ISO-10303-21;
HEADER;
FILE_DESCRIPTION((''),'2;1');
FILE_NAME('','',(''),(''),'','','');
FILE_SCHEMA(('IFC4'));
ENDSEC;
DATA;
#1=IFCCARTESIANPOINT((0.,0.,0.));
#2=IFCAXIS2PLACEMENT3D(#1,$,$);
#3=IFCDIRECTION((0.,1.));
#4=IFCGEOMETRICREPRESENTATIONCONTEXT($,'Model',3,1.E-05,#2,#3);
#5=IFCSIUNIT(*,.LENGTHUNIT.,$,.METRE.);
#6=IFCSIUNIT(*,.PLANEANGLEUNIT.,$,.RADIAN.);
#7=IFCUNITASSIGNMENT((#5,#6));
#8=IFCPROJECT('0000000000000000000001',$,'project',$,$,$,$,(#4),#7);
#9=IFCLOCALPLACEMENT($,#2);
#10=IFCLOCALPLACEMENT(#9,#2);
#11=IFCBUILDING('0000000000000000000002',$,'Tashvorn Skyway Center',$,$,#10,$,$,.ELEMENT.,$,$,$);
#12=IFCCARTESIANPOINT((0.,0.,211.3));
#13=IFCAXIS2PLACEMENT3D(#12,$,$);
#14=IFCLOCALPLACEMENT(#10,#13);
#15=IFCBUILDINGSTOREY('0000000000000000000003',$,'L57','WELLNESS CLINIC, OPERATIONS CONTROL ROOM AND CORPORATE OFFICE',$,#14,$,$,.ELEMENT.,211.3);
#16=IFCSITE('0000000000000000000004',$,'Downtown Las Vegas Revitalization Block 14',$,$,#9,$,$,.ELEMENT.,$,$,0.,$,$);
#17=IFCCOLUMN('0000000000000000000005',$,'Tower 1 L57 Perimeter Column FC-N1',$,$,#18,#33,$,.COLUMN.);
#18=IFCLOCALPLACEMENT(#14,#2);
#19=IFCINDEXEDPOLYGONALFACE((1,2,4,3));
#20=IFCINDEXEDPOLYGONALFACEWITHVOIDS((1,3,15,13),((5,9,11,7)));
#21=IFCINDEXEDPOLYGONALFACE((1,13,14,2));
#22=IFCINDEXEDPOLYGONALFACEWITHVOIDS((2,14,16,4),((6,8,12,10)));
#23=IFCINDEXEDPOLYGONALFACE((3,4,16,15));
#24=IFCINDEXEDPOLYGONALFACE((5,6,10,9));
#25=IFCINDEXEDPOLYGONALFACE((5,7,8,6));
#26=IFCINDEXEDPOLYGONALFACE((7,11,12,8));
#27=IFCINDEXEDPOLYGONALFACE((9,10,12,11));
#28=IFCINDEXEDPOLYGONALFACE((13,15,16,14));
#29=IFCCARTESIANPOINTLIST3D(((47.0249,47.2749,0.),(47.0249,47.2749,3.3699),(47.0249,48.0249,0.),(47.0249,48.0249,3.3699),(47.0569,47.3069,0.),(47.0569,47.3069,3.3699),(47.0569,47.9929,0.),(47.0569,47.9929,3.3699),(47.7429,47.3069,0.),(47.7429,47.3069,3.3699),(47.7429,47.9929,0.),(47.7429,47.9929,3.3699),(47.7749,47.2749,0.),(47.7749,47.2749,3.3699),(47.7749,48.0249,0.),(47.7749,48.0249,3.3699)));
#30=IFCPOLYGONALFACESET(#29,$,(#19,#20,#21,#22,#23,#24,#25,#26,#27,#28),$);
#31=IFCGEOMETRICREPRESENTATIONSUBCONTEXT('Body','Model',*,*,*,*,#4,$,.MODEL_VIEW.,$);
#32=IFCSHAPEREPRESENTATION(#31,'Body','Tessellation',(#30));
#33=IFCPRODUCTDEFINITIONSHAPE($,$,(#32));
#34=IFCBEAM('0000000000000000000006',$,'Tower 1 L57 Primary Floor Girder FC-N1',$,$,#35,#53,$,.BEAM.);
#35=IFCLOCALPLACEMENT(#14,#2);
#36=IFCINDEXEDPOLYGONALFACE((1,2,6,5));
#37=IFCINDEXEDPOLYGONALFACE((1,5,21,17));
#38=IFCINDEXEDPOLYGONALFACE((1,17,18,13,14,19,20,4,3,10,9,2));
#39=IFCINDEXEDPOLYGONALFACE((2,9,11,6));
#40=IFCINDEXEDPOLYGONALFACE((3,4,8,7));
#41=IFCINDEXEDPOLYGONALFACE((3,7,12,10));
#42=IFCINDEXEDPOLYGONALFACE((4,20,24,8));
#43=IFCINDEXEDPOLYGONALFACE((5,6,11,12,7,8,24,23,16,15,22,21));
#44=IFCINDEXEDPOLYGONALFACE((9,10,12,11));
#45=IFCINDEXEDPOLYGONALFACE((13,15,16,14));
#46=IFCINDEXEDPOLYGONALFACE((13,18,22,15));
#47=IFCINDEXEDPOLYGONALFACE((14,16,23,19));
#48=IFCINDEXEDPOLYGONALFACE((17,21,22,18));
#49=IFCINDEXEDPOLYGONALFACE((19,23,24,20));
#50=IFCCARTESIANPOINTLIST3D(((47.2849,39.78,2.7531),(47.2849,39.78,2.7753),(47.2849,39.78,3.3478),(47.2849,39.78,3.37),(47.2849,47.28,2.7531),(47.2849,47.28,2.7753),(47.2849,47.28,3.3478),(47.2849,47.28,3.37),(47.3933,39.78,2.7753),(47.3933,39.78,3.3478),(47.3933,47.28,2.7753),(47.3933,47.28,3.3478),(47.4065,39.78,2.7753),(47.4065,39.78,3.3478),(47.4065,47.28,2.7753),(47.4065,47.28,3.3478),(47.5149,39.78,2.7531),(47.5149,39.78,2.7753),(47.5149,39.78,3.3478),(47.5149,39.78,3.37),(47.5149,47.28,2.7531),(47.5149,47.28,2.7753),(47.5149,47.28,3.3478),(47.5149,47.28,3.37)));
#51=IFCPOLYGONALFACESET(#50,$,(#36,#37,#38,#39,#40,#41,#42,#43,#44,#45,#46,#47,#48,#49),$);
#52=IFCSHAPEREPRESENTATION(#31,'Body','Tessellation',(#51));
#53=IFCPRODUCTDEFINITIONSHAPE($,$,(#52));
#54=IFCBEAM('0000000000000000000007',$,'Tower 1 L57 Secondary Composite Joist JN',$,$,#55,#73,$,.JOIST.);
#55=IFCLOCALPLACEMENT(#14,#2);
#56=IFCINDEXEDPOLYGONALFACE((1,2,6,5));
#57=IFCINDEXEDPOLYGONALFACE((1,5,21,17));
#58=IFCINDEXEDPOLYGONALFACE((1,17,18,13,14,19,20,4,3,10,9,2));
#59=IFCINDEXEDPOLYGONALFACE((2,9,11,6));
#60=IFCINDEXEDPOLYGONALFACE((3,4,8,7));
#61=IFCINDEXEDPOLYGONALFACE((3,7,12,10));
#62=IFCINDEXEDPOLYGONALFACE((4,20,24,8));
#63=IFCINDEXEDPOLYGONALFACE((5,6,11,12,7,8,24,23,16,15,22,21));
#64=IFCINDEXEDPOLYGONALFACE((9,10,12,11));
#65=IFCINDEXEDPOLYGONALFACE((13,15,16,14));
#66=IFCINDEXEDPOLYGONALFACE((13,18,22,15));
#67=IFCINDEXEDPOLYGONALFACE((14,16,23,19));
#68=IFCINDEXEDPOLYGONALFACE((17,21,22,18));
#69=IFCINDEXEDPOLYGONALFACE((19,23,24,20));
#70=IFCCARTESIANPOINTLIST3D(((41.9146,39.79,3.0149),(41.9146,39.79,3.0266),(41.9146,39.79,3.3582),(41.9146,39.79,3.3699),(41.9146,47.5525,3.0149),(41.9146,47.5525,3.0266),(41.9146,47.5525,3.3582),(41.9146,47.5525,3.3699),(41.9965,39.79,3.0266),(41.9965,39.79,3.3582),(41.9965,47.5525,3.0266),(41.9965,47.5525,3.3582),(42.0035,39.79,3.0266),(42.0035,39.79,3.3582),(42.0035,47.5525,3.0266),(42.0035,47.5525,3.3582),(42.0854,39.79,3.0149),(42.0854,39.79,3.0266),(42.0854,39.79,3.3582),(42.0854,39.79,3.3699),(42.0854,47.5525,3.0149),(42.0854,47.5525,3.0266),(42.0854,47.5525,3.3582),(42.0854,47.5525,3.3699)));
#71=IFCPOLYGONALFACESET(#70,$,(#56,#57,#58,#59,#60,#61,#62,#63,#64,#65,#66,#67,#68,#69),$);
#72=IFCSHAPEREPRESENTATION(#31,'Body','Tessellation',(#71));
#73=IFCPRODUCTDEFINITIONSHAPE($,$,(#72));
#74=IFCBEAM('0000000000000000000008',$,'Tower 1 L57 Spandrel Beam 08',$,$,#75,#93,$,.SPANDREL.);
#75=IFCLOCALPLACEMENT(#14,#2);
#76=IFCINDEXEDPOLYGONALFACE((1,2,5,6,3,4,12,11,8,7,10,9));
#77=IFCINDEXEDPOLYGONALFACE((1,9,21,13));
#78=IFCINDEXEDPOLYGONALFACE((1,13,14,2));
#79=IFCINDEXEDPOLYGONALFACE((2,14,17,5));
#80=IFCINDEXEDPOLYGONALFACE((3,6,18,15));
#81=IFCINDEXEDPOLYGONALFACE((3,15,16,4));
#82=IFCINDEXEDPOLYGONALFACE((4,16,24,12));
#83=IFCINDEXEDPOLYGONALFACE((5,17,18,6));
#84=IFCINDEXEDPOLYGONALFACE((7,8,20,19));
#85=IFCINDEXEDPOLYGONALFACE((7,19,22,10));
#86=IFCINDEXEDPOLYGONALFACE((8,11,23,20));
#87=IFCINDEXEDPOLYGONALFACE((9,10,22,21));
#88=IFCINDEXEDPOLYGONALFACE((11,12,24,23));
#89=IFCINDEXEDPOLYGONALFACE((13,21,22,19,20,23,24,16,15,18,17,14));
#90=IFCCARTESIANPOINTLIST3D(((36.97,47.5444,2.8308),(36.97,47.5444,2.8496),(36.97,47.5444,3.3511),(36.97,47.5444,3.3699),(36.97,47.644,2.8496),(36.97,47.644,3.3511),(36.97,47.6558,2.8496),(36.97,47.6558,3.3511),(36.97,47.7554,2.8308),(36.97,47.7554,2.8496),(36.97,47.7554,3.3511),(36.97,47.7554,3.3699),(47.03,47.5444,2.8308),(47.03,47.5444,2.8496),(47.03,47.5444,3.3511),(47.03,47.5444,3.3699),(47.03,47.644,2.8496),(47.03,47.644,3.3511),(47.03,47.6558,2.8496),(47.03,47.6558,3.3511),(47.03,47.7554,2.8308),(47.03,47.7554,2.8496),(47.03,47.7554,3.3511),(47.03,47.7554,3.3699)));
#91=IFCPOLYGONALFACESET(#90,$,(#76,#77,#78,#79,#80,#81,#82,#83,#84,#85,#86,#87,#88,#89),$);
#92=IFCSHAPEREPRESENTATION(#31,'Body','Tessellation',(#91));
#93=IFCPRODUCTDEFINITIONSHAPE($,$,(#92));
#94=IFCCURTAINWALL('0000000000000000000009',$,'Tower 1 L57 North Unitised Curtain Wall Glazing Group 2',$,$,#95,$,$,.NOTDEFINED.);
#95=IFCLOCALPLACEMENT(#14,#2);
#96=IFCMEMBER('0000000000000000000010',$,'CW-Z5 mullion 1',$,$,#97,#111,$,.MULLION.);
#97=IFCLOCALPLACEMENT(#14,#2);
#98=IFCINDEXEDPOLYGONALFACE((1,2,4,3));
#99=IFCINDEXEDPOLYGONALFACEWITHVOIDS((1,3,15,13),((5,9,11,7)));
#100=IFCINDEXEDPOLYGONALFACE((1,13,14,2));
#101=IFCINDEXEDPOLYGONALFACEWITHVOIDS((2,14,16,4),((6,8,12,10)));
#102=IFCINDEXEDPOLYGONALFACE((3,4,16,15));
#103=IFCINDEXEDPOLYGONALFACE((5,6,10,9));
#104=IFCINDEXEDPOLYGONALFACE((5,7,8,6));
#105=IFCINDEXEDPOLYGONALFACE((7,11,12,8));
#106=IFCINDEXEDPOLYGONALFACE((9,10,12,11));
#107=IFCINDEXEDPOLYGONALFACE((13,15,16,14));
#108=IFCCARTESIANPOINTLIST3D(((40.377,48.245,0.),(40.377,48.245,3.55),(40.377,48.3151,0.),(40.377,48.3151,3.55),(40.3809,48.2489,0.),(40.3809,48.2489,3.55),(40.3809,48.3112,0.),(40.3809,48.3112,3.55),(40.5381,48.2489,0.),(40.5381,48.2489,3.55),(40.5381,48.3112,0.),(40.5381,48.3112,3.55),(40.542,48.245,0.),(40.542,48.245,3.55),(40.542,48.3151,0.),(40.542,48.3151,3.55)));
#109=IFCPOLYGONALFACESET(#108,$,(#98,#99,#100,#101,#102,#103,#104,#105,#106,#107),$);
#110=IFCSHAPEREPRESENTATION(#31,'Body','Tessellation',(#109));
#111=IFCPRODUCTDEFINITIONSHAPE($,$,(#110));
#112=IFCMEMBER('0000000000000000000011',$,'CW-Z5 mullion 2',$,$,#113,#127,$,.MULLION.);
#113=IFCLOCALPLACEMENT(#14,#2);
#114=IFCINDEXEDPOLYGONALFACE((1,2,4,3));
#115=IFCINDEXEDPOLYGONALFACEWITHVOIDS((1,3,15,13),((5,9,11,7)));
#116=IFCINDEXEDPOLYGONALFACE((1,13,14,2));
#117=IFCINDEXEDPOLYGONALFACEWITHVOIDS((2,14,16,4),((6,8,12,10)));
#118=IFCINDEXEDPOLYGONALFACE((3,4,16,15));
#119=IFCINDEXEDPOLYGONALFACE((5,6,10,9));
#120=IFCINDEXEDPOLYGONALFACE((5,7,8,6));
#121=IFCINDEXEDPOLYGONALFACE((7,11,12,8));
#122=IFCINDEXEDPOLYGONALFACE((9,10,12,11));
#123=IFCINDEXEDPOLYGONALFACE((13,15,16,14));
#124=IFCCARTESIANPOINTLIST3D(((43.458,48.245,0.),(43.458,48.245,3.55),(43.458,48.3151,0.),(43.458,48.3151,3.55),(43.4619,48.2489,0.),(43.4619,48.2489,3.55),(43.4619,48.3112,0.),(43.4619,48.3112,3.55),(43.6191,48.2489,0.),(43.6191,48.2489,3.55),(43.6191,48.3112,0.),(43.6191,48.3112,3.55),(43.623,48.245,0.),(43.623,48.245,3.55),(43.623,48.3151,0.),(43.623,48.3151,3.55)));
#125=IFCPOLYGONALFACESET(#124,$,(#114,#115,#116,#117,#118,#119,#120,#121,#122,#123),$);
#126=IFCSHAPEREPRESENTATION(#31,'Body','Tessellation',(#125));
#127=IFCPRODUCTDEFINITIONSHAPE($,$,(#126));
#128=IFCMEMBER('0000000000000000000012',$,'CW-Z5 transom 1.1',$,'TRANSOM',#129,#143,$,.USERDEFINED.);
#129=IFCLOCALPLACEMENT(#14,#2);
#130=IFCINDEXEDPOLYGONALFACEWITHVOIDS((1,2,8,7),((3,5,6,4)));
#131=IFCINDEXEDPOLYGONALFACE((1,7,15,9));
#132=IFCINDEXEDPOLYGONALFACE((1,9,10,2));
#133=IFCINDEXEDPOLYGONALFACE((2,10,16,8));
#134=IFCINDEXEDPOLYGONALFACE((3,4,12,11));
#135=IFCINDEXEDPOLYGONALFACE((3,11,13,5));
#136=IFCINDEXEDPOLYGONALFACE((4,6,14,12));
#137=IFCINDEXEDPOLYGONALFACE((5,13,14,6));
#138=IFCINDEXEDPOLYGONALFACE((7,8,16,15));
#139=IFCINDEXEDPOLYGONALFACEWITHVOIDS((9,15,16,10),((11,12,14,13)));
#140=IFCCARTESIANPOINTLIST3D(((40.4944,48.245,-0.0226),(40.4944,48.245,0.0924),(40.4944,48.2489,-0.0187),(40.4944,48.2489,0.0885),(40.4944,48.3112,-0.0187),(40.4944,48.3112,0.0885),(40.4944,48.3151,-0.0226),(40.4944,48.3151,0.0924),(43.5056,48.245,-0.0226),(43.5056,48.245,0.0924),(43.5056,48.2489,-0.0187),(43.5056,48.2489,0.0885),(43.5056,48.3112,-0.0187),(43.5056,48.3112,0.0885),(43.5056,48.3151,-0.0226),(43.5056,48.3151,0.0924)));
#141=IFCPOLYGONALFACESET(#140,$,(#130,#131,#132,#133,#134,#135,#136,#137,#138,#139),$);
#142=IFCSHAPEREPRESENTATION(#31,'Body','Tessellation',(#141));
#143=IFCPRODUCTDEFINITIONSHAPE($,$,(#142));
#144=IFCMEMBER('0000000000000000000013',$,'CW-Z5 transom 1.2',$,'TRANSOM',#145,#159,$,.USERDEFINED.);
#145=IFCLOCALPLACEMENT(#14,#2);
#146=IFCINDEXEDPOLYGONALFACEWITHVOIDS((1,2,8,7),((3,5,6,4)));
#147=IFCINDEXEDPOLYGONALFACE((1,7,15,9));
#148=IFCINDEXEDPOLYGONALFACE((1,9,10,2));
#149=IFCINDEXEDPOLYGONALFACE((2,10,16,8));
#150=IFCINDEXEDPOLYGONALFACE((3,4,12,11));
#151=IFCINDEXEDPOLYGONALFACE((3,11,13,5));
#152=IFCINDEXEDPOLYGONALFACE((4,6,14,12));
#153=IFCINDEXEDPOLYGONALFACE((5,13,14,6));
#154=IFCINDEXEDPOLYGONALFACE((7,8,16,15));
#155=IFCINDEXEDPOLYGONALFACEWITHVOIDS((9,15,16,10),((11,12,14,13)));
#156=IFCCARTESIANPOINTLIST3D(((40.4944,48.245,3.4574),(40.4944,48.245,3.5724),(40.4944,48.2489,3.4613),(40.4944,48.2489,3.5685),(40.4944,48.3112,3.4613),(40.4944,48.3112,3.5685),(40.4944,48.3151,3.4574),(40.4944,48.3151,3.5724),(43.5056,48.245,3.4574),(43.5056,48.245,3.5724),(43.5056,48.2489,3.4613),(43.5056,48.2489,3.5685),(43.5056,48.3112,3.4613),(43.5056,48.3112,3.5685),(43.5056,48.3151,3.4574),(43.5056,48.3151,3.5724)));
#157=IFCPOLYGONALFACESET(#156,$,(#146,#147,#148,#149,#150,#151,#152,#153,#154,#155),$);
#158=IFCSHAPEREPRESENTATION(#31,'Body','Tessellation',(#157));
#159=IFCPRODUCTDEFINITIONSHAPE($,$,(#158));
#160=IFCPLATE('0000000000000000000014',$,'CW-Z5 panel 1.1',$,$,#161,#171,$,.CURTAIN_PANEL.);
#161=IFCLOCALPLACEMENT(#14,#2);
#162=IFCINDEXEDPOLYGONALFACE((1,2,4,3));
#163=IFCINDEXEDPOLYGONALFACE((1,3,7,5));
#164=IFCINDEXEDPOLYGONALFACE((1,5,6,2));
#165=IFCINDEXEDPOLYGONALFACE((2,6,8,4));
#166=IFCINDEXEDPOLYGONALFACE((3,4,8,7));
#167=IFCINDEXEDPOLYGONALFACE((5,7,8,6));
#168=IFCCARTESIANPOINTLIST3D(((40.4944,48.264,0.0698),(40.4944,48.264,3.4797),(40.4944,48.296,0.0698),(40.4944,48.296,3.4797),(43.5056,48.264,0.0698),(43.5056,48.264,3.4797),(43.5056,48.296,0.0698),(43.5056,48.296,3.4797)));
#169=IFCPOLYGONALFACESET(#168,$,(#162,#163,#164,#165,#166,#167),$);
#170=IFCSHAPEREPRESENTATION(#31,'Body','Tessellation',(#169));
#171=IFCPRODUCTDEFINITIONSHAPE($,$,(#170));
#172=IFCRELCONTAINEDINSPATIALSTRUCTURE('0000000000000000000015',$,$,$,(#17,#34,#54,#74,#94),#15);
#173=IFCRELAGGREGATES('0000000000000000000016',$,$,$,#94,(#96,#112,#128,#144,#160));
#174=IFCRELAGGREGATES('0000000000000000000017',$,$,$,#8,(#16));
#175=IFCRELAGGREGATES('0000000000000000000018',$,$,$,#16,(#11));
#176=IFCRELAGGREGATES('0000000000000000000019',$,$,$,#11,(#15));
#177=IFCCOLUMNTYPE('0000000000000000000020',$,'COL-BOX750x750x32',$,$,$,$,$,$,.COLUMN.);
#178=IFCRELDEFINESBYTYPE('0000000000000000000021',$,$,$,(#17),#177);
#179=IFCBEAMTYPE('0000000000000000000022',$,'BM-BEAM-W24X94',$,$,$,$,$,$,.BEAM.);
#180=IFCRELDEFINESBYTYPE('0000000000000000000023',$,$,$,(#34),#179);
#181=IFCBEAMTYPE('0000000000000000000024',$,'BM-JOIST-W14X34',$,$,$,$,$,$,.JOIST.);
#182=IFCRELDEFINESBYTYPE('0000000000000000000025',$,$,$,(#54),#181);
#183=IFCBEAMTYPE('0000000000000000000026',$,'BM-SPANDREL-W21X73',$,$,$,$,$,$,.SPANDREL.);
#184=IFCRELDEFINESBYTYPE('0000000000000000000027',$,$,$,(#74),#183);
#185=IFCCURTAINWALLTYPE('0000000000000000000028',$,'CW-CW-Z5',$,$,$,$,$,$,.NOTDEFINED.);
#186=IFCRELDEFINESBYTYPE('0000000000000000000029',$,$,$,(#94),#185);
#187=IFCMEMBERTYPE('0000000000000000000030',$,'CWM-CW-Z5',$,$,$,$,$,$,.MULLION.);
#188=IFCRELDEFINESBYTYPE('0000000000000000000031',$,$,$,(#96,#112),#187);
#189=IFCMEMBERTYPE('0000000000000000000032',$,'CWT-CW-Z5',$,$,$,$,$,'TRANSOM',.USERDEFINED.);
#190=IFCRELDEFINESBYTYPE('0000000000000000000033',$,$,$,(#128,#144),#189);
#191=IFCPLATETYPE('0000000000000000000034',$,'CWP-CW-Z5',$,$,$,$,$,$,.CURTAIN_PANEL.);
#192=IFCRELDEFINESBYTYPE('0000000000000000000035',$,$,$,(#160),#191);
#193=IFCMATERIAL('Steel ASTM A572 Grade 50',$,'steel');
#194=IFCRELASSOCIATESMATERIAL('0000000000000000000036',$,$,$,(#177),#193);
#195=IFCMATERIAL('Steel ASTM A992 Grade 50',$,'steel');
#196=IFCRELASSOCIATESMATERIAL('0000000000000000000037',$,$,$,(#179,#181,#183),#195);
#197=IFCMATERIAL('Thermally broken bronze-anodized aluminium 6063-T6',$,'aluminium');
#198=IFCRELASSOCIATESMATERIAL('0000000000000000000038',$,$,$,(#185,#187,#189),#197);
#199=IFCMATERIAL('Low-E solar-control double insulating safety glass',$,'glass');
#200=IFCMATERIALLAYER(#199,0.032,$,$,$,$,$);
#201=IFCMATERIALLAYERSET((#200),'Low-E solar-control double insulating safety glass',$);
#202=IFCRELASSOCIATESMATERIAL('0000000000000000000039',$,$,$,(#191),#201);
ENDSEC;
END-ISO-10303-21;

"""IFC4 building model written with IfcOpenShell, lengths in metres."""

from ifc_helpers import new_model, si_unit, direction, frame, origin, origin_2d, place, context, subcontext, project, spatial, rectangle, hollow_rectangle, i_section, extrude, material, layer, layer_set, material_profile, profile_set, type_object, element, aggregate, save


model = new_model("IFC4")

# Units and contexts
model_context = context("Model", 3, precision=1e-05, world=origin(), true_north=direction((0.0, 1.0)))
body_context = subcontext(model_context, "Body", "Model", "MODEL_VIEW")
ifc_project = project(units=[si_unit("LENGTHUNIT", "METRE"), si_unit("PLANEANGLEUNIT", "RADIAN")], contexts=[model_context])

# Site, building, storey
site_placement = place(None, origin())
site = spatial("IfcSite", under=ifc_project, at=site_placement, Name="Downtown Las Vegas Revitalization Block 14", CompositionType="ELEMENT", RefElevation=0.0)
building_placement = place(site_placement, origin())
building = spatial("IfcBuilding", under=site, at=building_placement, Name="Tashvorn Skyway Center", CompositionType="ELEMENT")
storey_placement = place(building_placement, frame((0.0, 0.0, 211.3)))
storey = spatial("IfcBuildingStorey", under=building, at=storey_placement, Name="L57", Description="WELLNESS CLINIC, OPERATIONS CONTROL ROOM AND CORPORATE OFFICE", CompositionType="ELEMENT", Elevation=211.3)

# Column
ifc_material_1 = material(Name="Steel ASTM A572 Grade 50", Category="steel")
ifc_material_profile_1 = material_profile(ifc_material_1, hollow_rectangle(XDim=0.75, YDim=0.75, WallThickness=0.032, at=origin_2d()), Name="BOX750x750x32")
ifc_profile_set_1 = profile_set([ifc_material_profile_1], Name="Steel ASTM A572 Grade 50")
column_type = type_object("IfcColumnType", Name="COL-BOX750x750x32", PredefinedType="COLUMN", material=ifc_profile_set_1)
column_placement = place(storey_placement, frame((47.3999, 47.6499, 0.0), z_axis=(0.0, 0.0, 1.0), x_axis=(1.0, 0.0, 0.0)))
element("IfcColumn", 1, at=column_placement, inside=storey, type_object=column_type, Name="Tower 1 L57 Perimeter Column FC-N1", PredefinedType="COLUMN", context=body_context, shape_type="SweptSolid", body=[
    extrude(hollow_rectangle(XDim=0.75, YDim=0.75, WallThickness=0.032, at=origin_2d()), origin(), (0.0, 0.0, 1.0), 3.3699),
])

# Beams
ifc_material_2 = material(Name="Steel ASTM A992 Grade 50", Category="steel")
ifc_material_profile_2 = material_profile(ifc_material_2, i_section(OverallWidth=0.23, OverallDepth=0.6169, WebThickness=0.0132, FlangeThickness=0.0222, at=origin_2d()), Name="W24X94")
ifc_profile_set_2 = profile_set([ifc_material_profile_2], Name="Steel ASTM A992 Grade 50")
beam_type_1 = type_object("IfcBeamType", Name="BM-BEAM-W24X94", PredefinedType="BEAM", material=ifc_profile_set_2)
beam_1_placement = place(storey_placement, frame((47.3999, 47.28, 3.0615), z_axis=(0.0, -1.0, 0.0), x_axis=(1.0, 0.0, 0.0)))
element("IfcBeam", 2, at=beam_1_placement, inside=storey, type_object=beam_type_1, Name="Tower 1 L57 Primary Floor Girder FC-N1", PredefinedType="BEAM", context=body_context, shape_type="SweptSolid", body=[
    extrude(i_section(OverallWidth=0.23, OverallDepth=0.6169, WebThickness=0.0132, FlangeThickness=0.0222, at=origin_2d()), origin(), (0.0, 0.0, 1.0), 7.5),
])
ifc_material_profile_3 = material_profile(ifc_material_2, i_section(OverallWidth=0.1709, OverallDepth=0.355, WebThickness=0.0071, FlangeThickness=0.0117, at=origin_2d()), Name="W14X34")
ifc_profile_set_3 = profile_set([ifc_material_profile_3], Name="Steel ASTM A992 Grade 50")
beam_type_2 = type_object("IfcBeamType", Name="BM-JOIST-W14X34", PredefinedType="JOIST", material=ifc_profile_set_3)
beam_2_placement = place(storey_placement, frame((42.0, 39.79, 3.1924), z_axis=(0.0, 1.0, 0.0), x_axis=(-1.0, 0.0, 0.0)))
element("IfcBeam", 3, at=beam_2_placement, inside=storey, type_object=beam_type_2, Name="Tower 1 L57 Secondary Composite Joist JN", PredefinedType="JOIST", context=body_context, shape_type="SweptSolid", body=[
    extrude(i_section(OverallWidth=0.1709, OverallDepth=0.355, WebThickness=0.0071, FlangeThickness=0.0117, at=origin_2d()), origin(), (0.0, 0.0, 1.0), 7.7625),
])
ifc_material_profile_4 = material_profile(ifc_material_2, i_section(OverallWidth=0.2109, OverallDepth=0.5391, WebThickness=0.0117, FlangeThickness=0.0188, at=origin_2d()), Name="W21X73")
ifc_profile_set_4 = profile_set([ifc_material_profile_4], Name="Steel ASTM A992 Grade 50")
beam_type_3 = type_object("IfcBeamType", Name="BM-SPANDREL-W21X73", PredefinedType="SPANDREL", material=ifc_profile_set_4)
beam_3_placement = place(storey_placement, frame((47.03, 47.6499, 3.1003), z_axis=(-1.0, 0.0, 0.0), x_axis=(0.0, -1.0, 0.0)))
element("IfcBeam", 4, at=beam_3_placement, inside=storey, type_object=beam_type_3, Name="Tower 1 L57 Spandrel Beam 08", PredefinedType="SPANDREL", context=body_context, shape_type="SweptSolid", body=[
    extrude(i_section(OverallWidth=0.2109, OverallDepth=0.5391, WebThickness=0.0117, FlangeThickness=0.0188, at=origin_2d()), origin(), (0.0, 0.0, 1.0), 10.0601),
])

# Curtain wall, members, plate
ifc_material_3 = material(Name="Thermally broken bronze-anodized aluminium 6063-T6", Category="aluminium")
curtain_wall_type = type_object("IfcCurtainWallType", Name="CW-CW-Z5", PredefinedType="NOTDEFINED", material=ifc_material_3)
curtain_wall_placement = place(storey_placement, origin())
curtain_wall = element("IfcCurtainWall", 5, at=curtain_wall_placement, inside=storey, type_object=curtain_wall_type, Name="Tower 1 L57 North Unitised Curtain Wall Glazing Group 2", PredefinedType="NOTDEFINED")
ifc_material_profile_5 = material_profile(ifc_material_3, hollow_rectangle(XDim=0.0701, YDim=0.165, WallThickness=0.0039, at=origin_2d()), Name="ALU-MULL-70x165")
ifc_profile_set_5 = profile_set([ifc_material_profile_5], Name="Thermally broken bronze-anodized aluminium 6063-T6")
member_type_1 = type_object("IfcMemberType", Name="CWM-CW-Z5", PredefinedType="MULLION", material=ifc_profile_set_5)
member_1_placement = place(storey_placement, frame((40.4595, 48.28, 0.0), z_axis=(0.0, 0.0, 1.0), x_axis=(0.0, 1.0, 0.0)))
member_1 = element("IfcMember", 6, at=member_1_placement, type_object=member_type_1, Name="CW-Z5 mullion 1", PredefinedType="MULLION", context=body_context, shape_type="SweptSolid", body=[
    extrude(hollow_rectangle(XDim=0.0701, YDim=0.165, WallThickness=0.0039, at=origin_2d()), origin(), (0.0, 0.0, 1.0), 3.55),
])
member_2_placement = place(storey_placement, frame((43.5405, 48.28, 0.0), z_axis=(0.0, 0.0, 1.0), x_axis=(0.0, 1.0, 0.0)))
member_2 = element("IfcMember", 7, at=member_2_placement, type_object=member_type_1, Name="CW-Z5 mullion 2", PredefinedType="MULLION", context=body_context, shape_type="SweptSolid", body=[
    extrude(hollow_rectangle(XDim=0.0701, YDim=0.165, WallThickness=0.0039, at=origin_2d()), origin(), (0.0, 0.0, 1.0), 3.55),
])
ifc_material_profile_6 = material_profile(ifc_material_3, hollow_rectangle(XDim=0.0701, YDim=0.115, WallThickness=0.0039, at=origin_2d()), Name="ALU-TRAN-70x115")
ifc_profile_set_6 = profile_set([ifc_material_profile_6], Name="Thermally broken bronze-anodized aluminium 6063-T6")
member_type_2 = type_object("IfcMemberType", Name="CWT-CW-Z5", ElementType="TRANSOM", PredefinedType="USERDEFINED", material=ifc_profile_set_6)
member_3_placement = place(storey_placement, frame((40.4944, 48.28, 0.0349), z_axis=(1.0, 0.0, 0.0), x_axis=(0.0, 1.0, 0.0)))
member_3 = element("IfcMember", 8, at=member_3_placement, type_object=member_type_2, Name="CW-Z5 transom 1.1", ObjectType="TRANSOM", PredefinedType="USERDEFINED", context=body_context, shape_type="SweptSolid", body=[
    extrude(hollow_rectangle(XDim=0.0701, YDim=0.115, WallThickness=0.0039, at=origin_2d()), origin(), (0.0, 0.0, 1.0), 3.0112),
])
member_4_placement = place(storey_placement, frame((40.4944, 48.28, 3.5149), z_axis=(1.0, 0.0, 0.0), x_axis=(0.0, 1.0, 0.0)))
member_4 = element("IfcMember", 9, at=member_4_placement, type_object=member_type_2, Name="CW-Z5 transom 1.2", ObjectType="TRANSOM", PredefinedType="USERDEFINED", context=body_context, shape_type="SweptSolid", body=[
    extrude(hollow_rectangle(XDim=0.0701, YDim=0.115, WallThickness=0.0039, at=origin_2d()), origin(), (0.0, 0.0, 1.0), 3.0112),
])
ifc_material_4 = material(Name="Low-E solar-control double insulating safety glass", Category="glass")
ifc_layer_1 = layer(ifc_material_4, 0.032)
ifc_layer_set_1 = layer_set([ifc_layer_1], Name="Low-E solar-control double insulating safety glass")
plate_type = type_object("IfcPlateType", Name="CWP-CW-Z5", PredefinedType="CURTAIN_PANEL", material=ifc_layer_set_1)
plate_placement = place(storey_placement, frame((42.0, 48.28, 0.0698), z_axis=(0.0, 0.0, 1.0), x_axis=(1.0, 0.0, 0.0)))
plate = element("IfcPlate", 10, at=plate_placement, type_object=plate_type, Name="CW-Z5 panel 1.1", PredefinedType="CURTAIN_PANEL", context=body_context, shape_type="SweptSolid", body=[
    extrude(rectangle(XDim=3.0112, YDim=0.032, at=origin_2d()), origin(), (0.0, 0.0, 1.0), 3.4099),
])
aggregate(curtain_wall, [member_1, member_2, member_3, member_4, plate])

save(model, "model.ifc")
